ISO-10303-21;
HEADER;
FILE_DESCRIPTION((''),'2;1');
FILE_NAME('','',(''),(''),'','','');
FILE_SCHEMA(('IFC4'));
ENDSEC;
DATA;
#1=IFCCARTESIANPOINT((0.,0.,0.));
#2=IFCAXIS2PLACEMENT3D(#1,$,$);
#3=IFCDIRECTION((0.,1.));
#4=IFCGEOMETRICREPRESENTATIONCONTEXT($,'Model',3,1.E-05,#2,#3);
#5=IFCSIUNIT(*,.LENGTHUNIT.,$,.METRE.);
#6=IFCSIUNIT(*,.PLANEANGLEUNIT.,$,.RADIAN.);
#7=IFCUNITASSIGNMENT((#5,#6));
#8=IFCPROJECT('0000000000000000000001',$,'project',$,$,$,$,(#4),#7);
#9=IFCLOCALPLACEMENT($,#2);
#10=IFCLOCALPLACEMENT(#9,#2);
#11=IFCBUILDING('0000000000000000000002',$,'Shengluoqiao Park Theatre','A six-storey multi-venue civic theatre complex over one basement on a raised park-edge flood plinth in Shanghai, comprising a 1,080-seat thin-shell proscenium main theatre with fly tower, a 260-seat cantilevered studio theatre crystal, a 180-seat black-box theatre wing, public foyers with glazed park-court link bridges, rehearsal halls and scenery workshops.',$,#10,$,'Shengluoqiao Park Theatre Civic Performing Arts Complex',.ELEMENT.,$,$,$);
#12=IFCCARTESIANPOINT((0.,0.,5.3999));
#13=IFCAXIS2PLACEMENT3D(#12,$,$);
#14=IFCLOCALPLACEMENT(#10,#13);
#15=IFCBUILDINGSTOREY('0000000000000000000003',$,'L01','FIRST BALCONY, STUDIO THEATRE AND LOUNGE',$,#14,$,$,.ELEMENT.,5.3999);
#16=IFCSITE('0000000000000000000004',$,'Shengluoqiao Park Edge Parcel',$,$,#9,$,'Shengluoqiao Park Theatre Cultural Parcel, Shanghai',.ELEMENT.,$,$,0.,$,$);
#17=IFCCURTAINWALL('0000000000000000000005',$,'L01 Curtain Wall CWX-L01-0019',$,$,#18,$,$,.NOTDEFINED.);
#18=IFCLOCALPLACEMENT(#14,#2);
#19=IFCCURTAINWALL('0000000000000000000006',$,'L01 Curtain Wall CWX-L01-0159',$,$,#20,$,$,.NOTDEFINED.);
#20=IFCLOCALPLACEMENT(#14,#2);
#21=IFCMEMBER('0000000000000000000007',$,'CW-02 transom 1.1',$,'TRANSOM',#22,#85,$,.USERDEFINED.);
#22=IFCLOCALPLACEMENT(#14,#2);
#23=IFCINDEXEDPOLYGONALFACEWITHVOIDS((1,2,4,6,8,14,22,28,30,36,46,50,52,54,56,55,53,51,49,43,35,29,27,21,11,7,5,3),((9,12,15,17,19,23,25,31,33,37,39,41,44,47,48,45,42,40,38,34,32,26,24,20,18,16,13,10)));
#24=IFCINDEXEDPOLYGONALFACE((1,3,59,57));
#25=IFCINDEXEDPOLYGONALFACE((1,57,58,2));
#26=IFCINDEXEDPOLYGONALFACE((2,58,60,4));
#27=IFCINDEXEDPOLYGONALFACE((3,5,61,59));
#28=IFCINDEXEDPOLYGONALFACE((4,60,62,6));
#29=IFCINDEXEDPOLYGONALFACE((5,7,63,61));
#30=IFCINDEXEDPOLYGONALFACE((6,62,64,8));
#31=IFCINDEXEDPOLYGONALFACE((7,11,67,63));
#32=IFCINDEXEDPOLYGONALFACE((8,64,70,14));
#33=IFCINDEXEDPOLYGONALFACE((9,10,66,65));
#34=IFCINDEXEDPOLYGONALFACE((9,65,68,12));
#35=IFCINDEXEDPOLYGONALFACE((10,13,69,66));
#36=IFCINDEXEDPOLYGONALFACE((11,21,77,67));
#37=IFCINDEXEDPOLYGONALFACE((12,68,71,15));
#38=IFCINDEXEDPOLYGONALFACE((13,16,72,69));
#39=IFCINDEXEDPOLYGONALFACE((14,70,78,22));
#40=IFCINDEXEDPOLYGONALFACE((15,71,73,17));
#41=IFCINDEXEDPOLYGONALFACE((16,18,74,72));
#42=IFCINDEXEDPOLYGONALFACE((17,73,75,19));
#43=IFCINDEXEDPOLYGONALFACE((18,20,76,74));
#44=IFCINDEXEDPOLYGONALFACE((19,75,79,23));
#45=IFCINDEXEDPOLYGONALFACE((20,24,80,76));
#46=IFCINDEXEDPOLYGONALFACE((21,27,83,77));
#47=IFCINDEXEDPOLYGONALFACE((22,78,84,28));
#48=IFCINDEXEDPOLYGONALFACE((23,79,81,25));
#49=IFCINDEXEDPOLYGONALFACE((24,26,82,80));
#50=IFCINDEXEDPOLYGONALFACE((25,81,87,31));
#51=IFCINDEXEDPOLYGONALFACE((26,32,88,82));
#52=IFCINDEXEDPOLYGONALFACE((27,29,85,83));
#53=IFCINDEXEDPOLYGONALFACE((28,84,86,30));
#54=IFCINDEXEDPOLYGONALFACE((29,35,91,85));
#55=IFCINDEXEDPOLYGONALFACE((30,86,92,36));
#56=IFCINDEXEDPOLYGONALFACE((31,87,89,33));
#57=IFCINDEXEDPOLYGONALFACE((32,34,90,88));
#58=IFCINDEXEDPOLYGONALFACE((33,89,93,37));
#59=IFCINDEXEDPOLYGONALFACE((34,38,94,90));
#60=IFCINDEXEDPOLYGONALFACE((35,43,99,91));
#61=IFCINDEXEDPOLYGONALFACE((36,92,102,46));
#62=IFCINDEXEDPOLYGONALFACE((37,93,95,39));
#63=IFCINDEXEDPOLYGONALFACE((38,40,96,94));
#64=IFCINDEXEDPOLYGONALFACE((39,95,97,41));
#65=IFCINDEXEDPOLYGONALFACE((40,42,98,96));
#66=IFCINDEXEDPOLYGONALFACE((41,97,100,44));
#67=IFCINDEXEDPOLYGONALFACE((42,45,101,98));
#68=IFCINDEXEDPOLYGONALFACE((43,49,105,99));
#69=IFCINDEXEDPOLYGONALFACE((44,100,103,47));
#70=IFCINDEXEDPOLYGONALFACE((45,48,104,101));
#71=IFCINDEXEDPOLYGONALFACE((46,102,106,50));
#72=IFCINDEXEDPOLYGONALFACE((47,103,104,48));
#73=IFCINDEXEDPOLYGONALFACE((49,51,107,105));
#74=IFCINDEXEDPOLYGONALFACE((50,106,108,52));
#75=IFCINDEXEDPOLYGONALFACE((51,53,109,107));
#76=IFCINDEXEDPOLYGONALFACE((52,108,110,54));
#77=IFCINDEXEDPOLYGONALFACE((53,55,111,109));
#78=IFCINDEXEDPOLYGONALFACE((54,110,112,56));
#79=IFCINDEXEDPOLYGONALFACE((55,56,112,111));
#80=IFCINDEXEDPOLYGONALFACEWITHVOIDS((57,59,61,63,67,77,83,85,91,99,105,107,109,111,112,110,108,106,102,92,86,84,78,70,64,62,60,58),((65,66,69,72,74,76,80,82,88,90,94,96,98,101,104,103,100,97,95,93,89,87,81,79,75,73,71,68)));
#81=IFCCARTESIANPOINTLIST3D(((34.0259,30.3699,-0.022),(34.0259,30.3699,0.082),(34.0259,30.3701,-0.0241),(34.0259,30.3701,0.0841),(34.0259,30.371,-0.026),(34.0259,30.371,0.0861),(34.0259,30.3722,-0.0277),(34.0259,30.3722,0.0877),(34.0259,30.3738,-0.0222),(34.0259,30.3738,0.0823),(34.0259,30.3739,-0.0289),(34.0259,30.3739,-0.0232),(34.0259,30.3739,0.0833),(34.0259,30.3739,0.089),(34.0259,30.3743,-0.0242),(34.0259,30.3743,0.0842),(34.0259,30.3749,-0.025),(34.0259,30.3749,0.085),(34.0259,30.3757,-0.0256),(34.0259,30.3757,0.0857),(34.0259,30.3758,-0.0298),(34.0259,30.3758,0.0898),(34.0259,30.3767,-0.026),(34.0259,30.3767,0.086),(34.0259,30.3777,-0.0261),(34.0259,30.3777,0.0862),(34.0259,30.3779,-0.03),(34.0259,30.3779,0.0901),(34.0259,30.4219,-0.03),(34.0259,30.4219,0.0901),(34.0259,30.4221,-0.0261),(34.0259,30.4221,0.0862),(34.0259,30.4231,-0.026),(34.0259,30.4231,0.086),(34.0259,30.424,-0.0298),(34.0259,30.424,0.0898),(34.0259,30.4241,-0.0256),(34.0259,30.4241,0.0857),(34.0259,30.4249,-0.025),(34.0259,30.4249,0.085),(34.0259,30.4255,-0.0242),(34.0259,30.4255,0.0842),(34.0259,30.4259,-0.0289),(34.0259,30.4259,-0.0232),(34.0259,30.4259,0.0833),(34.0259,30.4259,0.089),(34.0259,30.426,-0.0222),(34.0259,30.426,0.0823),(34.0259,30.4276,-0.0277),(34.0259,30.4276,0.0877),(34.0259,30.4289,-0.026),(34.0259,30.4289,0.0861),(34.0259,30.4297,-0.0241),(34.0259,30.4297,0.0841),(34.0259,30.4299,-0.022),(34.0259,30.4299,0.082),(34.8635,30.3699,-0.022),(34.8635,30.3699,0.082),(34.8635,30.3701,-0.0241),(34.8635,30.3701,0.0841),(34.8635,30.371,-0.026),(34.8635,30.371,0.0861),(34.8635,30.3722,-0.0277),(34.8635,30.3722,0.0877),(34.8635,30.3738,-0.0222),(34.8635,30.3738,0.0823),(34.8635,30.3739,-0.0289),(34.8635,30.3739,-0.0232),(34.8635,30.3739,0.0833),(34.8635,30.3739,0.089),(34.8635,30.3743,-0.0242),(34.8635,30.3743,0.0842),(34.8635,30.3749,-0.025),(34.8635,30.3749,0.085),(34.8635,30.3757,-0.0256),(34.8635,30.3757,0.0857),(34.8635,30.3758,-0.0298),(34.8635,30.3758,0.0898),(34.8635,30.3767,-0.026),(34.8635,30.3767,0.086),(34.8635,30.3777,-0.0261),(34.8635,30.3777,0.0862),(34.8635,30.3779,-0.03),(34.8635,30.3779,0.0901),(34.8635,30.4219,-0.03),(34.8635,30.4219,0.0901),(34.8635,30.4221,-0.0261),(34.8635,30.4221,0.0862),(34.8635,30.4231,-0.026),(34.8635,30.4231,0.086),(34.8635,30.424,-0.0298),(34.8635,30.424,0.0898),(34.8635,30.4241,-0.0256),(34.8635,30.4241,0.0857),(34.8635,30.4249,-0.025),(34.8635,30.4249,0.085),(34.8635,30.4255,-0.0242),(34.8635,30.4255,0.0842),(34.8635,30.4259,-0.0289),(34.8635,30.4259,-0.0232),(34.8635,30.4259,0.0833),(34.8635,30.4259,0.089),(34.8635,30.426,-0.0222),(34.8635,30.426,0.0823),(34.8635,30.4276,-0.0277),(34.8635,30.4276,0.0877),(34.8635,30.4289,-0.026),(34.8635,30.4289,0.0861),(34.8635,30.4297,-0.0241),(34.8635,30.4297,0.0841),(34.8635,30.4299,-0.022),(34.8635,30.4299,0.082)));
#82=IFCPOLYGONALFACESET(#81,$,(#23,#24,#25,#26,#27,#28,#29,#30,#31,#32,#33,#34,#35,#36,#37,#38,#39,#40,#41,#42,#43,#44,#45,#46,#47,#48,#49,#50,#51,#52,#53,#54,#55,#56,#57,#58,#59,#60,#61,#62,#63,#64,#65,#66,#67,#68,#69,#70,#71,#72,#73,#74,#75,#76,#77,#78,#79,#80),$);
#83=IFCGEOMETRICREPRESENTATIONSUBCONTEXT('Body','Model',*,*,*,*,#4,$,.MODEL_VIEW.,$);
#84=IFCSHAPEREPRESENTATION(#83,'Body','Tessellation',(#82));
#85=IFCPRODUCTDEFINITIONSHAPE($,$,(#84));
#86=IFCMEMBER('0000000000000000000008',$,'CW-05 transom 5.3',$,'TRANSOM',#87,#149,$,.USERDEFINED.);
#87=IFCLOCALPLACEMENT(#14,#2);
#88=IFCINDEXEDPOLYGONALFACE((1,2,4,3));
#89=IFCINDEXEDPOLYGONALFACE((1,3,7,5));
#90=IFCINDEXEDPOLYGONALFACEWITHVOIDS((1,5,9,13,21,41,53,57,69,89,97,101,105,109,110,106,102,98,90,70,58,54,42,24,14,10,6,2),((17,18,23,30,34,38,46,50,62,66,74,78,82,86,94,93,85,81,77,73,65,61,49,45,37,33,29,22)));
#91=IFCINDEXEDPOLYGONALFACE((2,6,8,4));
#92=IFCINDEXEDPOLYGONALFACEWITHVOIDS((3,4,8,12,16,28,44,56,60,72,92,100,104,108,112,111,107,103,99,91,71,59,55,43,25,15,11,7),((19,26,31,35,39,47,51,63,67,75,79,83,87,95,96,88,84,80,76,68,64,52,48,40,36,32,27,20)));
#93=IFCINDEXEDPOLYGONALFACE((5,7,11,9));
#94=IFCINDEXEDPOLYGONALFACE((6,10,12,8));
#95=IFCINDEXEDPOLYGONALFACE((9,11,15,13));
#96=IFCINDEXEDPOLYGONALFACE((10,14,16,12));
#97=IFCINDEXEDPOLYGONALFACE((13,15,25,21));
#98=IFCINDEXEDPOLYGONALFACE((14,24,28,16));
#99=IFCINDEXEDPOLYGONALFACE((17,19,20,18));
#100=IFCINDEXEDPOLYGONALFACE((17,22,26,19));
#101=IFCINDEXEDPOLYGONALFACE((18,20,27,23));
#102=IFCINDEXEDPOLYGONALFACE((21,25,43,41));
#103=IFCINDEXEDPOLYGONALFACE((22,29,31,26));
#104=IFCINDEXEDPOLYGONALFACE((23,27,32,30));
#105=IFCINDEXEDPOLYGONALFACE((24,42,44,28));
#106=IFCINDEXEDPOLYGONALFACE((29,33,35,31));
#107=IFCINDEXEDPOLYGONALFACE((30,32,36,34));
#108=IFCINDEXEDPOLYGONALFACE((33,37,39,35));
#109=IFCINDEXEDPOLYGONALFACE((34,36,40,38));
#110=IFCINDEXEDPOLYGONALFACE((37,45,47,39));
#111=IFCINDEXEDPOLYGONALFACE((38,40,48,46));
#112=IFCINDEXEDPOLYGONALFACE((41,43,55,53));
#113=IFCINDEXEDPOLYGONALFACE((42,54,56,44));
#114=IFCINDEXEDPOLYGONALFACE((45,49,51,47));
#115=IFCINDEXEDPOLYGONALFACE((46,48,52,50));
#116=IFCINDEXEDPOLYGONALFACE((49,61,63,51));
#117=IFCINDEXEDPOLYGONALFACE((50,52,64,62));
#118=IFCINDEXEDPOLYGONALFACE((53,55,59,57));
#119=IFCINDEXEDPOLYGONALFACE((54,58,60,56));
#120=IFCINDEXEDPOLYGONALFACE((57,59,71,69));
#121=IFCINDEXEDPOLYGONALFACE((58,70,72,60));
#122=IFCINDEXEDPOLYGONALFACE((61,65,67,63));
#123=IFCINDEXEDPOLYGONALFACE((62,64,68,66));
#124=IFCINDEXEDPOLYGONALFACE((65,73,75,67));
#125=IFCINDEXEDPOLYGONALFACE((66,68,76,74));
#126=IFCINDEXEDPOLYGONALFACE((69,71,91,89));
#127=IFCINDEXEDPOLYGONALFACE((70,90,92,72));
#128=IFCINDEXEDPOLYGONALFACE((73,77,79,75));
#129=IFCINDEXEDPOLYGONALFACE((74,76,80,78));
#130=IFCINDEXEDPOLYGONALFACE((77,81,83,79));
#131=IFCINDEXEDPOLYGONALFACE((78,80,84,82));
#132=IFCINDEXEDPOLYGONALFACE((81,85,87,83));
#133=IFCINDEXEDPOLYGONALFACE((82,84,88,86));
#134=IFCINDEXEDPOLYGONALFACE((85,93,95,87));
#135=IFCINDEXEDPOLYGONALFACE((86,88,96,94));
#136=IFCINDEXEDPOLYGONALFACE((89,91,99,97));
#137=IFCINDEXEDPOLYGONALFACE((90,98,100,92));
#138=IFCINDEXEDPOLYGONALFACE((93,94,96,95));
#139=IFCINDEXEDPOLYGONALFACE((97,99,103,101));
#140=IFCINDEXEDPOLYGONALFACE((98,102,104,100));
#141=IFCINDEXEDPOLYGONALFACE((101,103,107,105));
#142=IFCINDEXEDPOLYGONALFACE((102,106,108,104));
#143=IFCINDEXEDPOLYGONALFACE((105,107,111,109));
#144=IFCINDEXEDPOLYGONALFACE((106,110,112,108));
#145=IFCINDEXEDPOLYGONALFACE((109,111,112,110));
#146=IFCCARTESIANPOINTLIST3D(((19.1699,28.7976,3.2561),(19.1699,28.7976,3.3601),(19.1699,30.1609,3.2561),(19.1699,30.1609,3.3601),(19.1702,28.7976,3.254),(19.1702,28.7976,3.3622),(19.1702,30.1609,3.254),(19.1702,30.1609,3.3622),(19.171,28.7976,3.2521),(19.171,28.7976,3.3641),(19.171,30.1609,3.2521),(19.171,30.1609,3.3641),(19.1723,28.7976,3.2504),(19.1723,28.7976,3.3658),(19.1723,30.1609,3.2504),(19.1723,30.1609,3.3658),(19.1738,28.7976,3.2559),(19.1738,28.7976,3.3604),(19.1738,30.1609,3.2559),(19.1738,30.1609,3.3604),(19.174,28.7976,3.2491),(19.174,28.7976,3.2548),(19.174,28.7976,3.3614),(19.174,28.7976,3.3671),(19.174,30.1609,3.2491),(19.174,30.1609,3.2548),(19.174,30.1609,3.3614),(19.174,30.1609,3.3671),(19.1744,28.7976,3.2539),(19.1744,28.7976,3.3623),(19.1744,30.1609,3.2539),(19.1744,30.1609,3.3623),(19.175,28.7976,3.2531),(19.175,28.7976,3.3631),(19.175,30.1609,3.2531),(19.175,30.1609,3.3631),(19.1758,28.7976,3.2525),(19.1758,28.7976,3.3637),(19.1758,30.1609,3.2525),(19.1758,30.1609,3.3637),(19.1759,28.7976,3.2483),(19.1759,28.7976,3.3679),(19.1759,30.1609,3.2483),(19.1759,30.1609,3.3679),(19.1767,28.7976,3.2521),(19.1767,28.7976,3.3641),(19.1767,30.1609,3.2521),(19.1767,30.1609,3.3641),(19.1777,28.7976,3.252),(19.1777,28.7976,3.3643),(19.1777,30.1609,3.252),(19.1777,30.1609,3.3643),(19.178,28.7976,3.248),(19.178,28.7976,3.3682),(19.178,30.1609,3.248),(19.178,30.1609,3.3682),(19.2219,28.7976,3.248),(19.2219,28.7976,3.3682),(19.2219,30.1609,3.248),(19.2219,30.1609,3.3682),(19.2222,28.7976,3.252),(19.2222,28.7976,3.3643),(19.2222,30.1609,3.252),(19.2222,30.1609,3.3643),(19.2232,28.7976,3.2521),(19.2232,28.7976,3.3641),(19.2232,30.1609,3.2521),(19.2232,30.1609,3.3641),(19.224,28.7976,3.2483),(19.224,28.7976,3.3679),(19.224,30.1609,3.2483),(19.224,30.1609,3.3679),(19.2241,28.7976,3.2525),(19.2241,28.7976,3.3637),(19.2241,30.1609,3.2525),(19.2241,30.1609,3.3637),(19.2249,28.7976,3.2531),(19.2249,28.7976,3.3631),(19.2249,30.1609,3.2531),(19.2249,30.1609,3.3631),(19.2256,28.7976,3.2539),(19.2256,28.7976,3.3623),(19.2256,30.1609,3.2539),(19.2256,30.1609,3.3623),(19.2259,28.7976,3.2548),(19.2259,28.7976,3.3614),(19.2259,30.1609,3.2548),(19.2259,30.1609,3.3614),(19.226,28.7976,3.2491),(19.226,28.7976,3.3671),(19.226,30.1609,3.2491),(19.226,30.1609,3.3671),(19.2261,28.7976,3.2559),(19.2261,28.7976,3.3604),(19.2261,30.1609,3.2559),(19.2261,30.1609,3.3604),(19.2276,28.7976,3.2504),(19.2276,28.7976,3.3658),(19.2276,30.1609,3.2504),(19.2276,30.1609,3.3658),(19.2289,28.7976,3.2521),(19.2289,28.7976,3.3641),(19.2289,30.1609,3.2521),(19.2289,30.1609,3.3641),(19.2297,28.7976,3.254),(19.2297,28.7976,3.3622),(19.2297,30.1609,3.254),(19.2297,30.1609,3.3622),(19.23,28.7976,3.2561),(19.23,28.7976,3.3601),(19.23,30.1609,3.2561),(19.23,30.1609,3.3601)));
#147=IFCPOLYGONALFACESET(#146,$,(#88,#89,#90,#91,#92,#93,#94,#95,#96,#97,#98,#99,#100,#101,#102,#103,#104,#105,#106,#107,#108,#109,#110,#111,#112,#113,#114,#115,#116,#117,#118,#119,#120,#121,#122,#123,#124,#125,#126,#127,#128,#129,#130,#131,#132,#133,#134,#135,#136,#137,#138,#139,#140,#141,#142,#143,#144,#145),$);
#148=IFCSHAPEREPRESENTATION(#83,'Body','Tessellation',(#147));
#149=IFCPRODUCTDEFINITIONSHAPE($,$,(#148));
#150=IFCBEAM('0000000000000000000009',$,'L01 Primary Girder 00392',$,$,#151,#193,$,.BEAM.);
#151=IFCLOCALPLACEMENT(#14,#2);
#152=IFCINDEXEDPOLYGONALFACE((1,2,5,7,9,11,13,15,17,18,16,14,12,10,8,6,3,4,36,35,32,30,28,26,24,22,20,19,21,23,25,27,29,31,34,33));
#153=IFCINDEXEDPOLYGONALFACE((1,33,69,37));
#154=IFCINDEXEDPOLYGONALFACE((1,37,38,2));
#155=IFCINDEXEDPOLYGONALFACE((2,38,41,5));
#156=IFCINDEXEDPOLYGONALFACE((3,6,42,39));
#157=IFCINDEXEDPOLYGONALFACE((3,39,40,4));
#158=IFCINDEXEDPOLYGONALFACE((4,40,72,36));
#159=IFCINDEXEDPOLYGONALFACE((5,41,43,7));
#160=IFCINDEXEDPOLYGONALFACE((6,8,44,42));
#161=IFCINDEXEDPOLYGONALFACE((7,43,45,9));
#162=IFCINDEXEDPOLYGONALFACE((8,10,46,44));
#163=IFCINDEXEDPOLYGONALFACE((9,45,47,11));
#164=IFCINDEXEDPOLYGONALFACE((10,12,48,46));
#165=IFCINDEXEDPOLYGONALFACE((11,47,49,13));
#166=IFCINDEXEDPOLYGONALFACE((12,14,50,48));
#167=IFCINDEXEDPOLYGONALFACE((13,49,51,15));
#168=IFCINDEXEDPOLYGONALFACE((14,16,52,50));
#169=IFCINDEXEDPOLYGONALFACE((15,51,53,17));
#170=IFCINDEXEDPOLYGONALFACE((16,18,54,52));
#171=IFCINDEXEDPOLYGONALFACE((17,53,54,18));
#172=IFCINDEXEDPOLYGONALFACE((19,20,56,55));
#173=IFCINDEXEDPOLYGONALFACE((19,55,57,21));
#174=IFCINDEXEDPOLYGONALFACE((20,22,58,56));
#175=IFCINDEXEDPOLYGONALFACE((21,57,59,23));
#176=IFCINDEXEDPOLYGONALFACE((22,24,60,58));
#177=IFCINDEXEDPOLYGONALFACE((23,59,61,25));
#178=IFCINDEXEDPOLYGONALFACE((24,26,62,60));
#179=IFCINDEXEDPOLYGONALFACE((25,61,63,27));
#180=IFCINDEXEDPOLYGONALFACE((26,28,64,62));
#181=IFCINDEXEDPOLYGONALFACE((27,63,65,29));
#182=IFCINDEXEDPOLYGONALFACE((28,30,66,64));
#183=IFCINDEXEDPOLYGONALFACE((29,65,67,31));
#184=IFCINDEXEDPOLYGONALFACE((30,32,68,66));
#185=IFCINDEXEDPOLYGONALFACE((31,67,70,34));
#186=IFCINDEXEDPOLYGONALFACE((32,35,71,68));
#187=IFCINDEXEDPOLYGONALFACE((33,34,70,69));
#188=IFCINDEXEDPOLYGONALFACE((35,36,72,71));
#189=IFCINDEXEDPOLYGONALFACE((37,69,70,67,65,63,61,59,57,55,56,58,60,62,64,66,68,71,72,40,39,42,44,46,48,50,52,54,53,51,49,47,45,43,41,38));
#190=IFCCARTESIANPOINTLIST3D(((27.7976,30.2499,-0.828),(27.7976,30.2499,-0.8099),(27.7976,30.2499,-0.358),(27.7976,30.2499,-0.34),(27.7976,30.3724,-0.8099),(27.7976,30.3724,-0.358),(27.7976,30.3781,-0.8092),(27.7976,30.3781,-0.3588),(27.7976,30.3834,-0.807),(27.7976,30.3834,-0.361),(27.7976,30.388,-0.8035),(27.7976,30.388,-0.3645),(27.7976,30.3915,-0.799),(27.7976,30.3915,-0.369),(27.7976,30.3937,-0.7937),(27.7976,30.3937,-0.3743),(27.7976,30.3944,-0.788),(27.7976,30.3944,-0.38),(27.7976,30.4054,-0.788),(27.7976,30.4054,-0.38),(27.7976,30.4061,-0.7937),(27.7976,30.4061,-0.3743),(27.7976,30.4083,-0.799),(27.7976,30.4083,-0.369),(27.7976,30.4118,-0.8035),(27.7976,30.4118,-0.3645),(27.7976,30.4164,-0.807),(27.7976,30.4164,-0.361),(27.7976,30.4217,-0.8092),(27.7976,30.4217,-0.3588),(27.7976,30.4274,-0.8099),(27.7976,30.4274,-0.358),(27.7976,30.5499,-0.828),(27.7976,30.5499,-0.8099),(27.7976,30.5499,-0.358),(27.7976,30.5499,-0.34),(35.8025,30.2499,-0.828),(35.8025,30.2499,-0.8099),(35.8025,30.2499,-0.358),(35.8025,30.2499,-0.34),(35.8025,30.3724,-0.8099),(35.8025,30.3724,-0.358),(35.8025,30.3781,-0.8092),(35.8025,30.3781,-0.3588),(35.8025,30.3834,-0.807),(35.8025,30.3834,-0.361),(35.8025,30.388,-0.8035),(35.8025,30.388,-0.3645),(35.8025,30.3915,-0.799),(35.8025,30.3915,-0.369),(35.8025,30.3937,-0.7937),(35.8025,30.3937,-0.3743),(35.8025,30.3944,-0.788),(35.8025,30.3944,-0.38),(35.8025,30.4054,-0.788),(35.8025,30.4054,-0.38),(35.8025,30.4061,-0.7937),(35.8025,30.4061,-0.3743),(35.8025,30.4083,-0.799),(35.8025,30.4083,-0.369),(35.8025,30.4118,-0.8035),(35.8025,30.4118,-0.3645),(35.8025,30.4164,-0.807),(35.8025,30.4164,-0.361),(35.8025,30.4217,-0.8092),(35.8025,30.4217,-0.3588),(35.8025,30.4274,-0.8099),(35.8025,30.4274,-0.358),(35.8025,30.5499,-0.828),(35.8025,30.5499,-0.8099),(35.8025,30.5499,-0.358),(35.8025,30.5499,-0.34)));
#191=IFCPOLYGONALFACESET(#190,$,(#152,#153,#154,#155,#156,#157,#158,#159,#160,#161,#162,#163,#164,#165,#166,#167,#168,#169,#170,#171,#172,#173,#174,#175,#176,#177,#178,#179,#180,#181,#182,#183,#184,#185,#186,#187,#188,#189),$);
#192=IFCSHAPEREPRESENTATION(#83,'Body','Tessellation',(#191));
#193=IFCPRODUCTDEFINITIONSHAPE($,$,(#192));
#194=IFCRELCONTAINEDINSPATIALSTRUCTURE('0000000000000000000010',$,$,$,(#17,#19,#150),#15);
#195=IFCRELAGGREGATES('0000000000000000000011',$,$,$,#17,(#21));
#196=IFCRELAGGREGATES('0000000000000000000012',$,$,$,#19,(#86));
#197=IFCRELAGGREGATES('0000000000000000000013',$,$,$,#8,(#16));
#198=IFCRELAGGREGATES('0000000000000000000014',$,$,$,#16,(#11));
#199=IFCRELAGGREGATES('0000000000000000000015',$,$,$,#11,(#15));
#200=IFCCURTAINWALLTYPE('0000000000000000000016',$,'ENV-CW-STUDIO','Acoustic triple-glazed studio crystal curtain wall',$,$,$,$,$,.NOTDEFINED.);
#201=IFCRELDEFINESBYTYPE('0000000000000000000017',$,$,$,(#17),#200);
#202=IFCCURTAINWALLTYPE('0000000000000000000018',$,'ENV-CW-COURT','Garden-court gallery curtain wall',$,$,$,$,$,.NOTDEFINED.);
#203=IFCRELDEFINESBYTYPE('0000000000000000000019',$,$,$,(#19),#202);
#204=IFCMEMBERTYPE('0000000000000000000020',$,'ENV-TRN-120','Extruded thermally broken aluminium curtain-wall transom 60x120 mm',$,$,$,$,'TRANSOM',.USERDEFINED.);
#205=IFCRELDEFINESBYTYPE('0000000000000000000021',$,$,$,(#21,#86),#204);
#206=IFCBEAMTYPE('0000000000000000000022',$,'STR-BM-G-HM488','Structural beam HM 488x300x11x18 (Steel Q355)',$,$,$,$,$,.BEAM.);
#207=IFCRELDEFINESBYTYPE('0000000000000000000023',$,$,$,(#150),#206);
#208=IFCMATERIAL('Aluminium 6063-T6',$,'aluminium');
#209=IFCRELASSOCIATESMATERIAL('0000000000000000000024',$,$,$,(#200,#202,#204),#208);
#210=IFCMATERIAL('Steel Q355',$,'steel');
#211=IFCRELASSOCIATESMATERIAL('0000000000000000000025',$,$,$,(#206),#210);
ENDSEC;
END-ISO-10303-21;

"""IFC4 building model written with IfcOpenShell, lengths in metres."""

from ifc_helpers import new_model, si_unit, direction, frame, origin, origin_2d, place, context, subcontext, project, spatial, hollow_rectangle, i_section, extrude, material, material_profile, profile_set, type_object, element, aggregate, save


model = new_model("IFC4")

# Units and contexts
model_context = context("Model", 3, precision=1e-05, world=origin(), true_north=direction((0.0, 1.0)))
body_context = subcontext(model_context, "Body", "Model", "MODEL_VIEW")
ifc_project = project(units=[si_unit("LENGTHUNIT", "METRE"), si_unit("PLANEANGLEUNIT", "RADIAN")], contexts=[model_context])

# Site, building, storey
site_placement = place(None, origin())
site = spatial("IfcSite", under=ifc_project, at=site_placement, Name="Shengluoqiao Park Edge Parcel", LongName="Shengluoqiao Park Theatre Cultural Parcel, Shanghai", CompositionType="ELEMENT", RefElevation=0.0)
building_placement = place(site_placement, origin())
building = spatial("IfcBuilding", under=site, at=building_placement, Name="Shengluoqiao Park Theatre", Description="A six-storey multi-venue civic theatre complex over one basement on a raised park-edge flood plinth in Shanghai, comprising a 1,080-seat thin-shell proscenium main theatre with fly tower, a 260-seat cantilevered studio theatre crystal, a 180-seat black-box theatre wing, public foyers with glazed park-court link bridges, rehearsal halls and scenery workshops.", LongName="Shengluoqiao Park Theatre Civic Performing Arts Complex", CompositionType="ELEMENT")
storey_placement = place(building_placement, frame((0.0, 0.0, 5.3999)))
storey = spatial("IfcBuildingStorey", under=building, at=storey_placement, Name="L01", Description="FIRST BALCONY, STUDIO THEATRE AND LOUNGE", CompositionType="ELEMENT", Elevation=5.3999)

# Shared definitions
ifc_material_1 = material(Name="Steel Q355", Category="steel")

# Shared definitions
ifc_material_2 = material(Name="Aluminium 6063-T6", Category="aluminium")
curtain_wall_type_1 = type_object("IfcCurtainWallType", Name="ENV-CW-STUDIO", Description="Acoustic triple-glazed studio crystal curtain wall", PredefinedType="NOTDEFINED", material=ifc_material_2)

# Curtain walls
curtain_wall_1_placement = place(storey_placement, origin())
curtain_wall_1 = element("IfcCurtainWall", 1, at=curtain_wall_1_placement, inside=storey, type_object=curtain_wall_type_1, Name="L01 Curtain Wall CWX-L01-0019", PredefinedType="NOTDEFINED")
curtain_wall_type_2 = type_object("IfcCurtainWallType", Name="ENV-CW-COURT", Description="Garden-court gallery curtain wall", PredefinedType="NOTDEFINED", material=ifc_material_2)
curtain_wall_2_placement = place(storey_placement, origin())
curtain_wall_2 = element("IfcCurtainWall", 2, at=curtain_wall_2_placement, inside=storey, type_object=curtain_wall_type_2, Name="L01 Curtain Wall CWX-L01-0159", PredefinedType="NOTDEFINED")

# Members
ifc_material_profile_1 = material_profile(ifc_material_2, hollow_rectangle(XDim=0.0601, YDim=0.1201, WallThickness=0.0039, InnerFilletRadius=0.0039, OuterFilletRadius=0.0081, at=origin_2d()), Name="ALU TRANSOM 120x60x4")
ifc_profile_set_1 = profile_set([ifc_material_profile_1], Name="Aluminium 6063-T6")
member_type_1 = type_object("IfcMemberType", Name="ENV-TRN-120", Description="Extruded thermally broken aluminium curtain-wall transom 60x120 mm", ElementType="TRANSOM", PredefinedType="USERDEFINED", material=ifc_profile_set_1)
member_1_placement = place(storey_placement, frame((34.0259, 30.3999, 0.03), z_axis=(1.0, 0.0, 0.0), x_axis=(0.0, 1.0, 0.0)))
member_1 = element("IfcMember", 3, at=member_1_placement, type_object=member_type_1, Name="CW-02 transom 1.1", ObjectType="TRANSOM", PredefinedType="USERDEFINED", context=body_context, shape_type="SweptSolid", body=[
    extrude(hollow_rectangle(XDim=0.0601, YDim=0.1201, WallThickness=0.0039, InnerFilletRadius=0.0039, OuterFilletRadius=0.0081, at=origin_2d()), origin(), (0.0, 0.0, 1.0), 0.8376),
])
aggregate(curtain_wall_1, [member_1])
member_2_placement = place(storey_placement, frame((19.2, 28.7976, 3.3081), z_axis=(0.0, 1.0, 0.0), x_axis=(-1.0, 0.0, 0.0)))
member_2 = element("IfcMember", 4, at=member_2_placement, type_object=member_type_1, Name="CW-05 transom 5.3", ObjectType="TRANSOM", PredefinedType="USERDEFINED", context=body_context, shape_type="SweptSolid", body=[
    extrude(hollow_rectangle(XDim=0.0601, YDim=0.1201, WallThickness=0.0039, InnerFilletRadius=0.0039, OuterFilletRadius=0.0081, at=origin_2d()), origin(), (0.0, 0.0, 1.0), 1.3633),
])

# Beam
ifc_material_profile_2 = material_profile(ifc_material_1, i_section(OverallWidth=0.3, OverallDepth=0.488, WebThickness=0.011, FlangeThickness=0.0181, FilletRadius=0.022, at=origin_2d()), Name="HM 488x300x11x18")
ifc_profile_set_2 = profile_set([ifc_material_profile_2], Name="Steel Q355")
beam_type_1 = type_object("IfcBeamType", Name="STR-BM-G-HM488", Description="Structural beam HM 488x300x11x18 (Steel Q355)", PredefinedType="BEAM", material=ifc_profile_set_2)
beam_placement = place(storey_placement, frame((27.7976, 30.3999, -0.584), z_axis=(1.0, 0.0, 0.0), x_axis=(0.0, 1.0, 0.0)))
element("IfcBeam", 5, at=beam_placement, inside=storey, type_object=beam_type_1, Name="L01 Primary Girder 00392", PredefinedType="BEAM", context=body_context, shape_type="SweptSolid", body=[
    extrude(i_section(OverallWidth=0.3, OverallDepth=0.488, WebThickness=0.011, FlangeThickness=0.0181, FilletRadius=0.022, at=origin_2d()), origin(), (0.0, 0.0, 1.0), 8.0049),
])

aggregate(curtain_wall_2, [member_2])

save(model, "model.ifc")
